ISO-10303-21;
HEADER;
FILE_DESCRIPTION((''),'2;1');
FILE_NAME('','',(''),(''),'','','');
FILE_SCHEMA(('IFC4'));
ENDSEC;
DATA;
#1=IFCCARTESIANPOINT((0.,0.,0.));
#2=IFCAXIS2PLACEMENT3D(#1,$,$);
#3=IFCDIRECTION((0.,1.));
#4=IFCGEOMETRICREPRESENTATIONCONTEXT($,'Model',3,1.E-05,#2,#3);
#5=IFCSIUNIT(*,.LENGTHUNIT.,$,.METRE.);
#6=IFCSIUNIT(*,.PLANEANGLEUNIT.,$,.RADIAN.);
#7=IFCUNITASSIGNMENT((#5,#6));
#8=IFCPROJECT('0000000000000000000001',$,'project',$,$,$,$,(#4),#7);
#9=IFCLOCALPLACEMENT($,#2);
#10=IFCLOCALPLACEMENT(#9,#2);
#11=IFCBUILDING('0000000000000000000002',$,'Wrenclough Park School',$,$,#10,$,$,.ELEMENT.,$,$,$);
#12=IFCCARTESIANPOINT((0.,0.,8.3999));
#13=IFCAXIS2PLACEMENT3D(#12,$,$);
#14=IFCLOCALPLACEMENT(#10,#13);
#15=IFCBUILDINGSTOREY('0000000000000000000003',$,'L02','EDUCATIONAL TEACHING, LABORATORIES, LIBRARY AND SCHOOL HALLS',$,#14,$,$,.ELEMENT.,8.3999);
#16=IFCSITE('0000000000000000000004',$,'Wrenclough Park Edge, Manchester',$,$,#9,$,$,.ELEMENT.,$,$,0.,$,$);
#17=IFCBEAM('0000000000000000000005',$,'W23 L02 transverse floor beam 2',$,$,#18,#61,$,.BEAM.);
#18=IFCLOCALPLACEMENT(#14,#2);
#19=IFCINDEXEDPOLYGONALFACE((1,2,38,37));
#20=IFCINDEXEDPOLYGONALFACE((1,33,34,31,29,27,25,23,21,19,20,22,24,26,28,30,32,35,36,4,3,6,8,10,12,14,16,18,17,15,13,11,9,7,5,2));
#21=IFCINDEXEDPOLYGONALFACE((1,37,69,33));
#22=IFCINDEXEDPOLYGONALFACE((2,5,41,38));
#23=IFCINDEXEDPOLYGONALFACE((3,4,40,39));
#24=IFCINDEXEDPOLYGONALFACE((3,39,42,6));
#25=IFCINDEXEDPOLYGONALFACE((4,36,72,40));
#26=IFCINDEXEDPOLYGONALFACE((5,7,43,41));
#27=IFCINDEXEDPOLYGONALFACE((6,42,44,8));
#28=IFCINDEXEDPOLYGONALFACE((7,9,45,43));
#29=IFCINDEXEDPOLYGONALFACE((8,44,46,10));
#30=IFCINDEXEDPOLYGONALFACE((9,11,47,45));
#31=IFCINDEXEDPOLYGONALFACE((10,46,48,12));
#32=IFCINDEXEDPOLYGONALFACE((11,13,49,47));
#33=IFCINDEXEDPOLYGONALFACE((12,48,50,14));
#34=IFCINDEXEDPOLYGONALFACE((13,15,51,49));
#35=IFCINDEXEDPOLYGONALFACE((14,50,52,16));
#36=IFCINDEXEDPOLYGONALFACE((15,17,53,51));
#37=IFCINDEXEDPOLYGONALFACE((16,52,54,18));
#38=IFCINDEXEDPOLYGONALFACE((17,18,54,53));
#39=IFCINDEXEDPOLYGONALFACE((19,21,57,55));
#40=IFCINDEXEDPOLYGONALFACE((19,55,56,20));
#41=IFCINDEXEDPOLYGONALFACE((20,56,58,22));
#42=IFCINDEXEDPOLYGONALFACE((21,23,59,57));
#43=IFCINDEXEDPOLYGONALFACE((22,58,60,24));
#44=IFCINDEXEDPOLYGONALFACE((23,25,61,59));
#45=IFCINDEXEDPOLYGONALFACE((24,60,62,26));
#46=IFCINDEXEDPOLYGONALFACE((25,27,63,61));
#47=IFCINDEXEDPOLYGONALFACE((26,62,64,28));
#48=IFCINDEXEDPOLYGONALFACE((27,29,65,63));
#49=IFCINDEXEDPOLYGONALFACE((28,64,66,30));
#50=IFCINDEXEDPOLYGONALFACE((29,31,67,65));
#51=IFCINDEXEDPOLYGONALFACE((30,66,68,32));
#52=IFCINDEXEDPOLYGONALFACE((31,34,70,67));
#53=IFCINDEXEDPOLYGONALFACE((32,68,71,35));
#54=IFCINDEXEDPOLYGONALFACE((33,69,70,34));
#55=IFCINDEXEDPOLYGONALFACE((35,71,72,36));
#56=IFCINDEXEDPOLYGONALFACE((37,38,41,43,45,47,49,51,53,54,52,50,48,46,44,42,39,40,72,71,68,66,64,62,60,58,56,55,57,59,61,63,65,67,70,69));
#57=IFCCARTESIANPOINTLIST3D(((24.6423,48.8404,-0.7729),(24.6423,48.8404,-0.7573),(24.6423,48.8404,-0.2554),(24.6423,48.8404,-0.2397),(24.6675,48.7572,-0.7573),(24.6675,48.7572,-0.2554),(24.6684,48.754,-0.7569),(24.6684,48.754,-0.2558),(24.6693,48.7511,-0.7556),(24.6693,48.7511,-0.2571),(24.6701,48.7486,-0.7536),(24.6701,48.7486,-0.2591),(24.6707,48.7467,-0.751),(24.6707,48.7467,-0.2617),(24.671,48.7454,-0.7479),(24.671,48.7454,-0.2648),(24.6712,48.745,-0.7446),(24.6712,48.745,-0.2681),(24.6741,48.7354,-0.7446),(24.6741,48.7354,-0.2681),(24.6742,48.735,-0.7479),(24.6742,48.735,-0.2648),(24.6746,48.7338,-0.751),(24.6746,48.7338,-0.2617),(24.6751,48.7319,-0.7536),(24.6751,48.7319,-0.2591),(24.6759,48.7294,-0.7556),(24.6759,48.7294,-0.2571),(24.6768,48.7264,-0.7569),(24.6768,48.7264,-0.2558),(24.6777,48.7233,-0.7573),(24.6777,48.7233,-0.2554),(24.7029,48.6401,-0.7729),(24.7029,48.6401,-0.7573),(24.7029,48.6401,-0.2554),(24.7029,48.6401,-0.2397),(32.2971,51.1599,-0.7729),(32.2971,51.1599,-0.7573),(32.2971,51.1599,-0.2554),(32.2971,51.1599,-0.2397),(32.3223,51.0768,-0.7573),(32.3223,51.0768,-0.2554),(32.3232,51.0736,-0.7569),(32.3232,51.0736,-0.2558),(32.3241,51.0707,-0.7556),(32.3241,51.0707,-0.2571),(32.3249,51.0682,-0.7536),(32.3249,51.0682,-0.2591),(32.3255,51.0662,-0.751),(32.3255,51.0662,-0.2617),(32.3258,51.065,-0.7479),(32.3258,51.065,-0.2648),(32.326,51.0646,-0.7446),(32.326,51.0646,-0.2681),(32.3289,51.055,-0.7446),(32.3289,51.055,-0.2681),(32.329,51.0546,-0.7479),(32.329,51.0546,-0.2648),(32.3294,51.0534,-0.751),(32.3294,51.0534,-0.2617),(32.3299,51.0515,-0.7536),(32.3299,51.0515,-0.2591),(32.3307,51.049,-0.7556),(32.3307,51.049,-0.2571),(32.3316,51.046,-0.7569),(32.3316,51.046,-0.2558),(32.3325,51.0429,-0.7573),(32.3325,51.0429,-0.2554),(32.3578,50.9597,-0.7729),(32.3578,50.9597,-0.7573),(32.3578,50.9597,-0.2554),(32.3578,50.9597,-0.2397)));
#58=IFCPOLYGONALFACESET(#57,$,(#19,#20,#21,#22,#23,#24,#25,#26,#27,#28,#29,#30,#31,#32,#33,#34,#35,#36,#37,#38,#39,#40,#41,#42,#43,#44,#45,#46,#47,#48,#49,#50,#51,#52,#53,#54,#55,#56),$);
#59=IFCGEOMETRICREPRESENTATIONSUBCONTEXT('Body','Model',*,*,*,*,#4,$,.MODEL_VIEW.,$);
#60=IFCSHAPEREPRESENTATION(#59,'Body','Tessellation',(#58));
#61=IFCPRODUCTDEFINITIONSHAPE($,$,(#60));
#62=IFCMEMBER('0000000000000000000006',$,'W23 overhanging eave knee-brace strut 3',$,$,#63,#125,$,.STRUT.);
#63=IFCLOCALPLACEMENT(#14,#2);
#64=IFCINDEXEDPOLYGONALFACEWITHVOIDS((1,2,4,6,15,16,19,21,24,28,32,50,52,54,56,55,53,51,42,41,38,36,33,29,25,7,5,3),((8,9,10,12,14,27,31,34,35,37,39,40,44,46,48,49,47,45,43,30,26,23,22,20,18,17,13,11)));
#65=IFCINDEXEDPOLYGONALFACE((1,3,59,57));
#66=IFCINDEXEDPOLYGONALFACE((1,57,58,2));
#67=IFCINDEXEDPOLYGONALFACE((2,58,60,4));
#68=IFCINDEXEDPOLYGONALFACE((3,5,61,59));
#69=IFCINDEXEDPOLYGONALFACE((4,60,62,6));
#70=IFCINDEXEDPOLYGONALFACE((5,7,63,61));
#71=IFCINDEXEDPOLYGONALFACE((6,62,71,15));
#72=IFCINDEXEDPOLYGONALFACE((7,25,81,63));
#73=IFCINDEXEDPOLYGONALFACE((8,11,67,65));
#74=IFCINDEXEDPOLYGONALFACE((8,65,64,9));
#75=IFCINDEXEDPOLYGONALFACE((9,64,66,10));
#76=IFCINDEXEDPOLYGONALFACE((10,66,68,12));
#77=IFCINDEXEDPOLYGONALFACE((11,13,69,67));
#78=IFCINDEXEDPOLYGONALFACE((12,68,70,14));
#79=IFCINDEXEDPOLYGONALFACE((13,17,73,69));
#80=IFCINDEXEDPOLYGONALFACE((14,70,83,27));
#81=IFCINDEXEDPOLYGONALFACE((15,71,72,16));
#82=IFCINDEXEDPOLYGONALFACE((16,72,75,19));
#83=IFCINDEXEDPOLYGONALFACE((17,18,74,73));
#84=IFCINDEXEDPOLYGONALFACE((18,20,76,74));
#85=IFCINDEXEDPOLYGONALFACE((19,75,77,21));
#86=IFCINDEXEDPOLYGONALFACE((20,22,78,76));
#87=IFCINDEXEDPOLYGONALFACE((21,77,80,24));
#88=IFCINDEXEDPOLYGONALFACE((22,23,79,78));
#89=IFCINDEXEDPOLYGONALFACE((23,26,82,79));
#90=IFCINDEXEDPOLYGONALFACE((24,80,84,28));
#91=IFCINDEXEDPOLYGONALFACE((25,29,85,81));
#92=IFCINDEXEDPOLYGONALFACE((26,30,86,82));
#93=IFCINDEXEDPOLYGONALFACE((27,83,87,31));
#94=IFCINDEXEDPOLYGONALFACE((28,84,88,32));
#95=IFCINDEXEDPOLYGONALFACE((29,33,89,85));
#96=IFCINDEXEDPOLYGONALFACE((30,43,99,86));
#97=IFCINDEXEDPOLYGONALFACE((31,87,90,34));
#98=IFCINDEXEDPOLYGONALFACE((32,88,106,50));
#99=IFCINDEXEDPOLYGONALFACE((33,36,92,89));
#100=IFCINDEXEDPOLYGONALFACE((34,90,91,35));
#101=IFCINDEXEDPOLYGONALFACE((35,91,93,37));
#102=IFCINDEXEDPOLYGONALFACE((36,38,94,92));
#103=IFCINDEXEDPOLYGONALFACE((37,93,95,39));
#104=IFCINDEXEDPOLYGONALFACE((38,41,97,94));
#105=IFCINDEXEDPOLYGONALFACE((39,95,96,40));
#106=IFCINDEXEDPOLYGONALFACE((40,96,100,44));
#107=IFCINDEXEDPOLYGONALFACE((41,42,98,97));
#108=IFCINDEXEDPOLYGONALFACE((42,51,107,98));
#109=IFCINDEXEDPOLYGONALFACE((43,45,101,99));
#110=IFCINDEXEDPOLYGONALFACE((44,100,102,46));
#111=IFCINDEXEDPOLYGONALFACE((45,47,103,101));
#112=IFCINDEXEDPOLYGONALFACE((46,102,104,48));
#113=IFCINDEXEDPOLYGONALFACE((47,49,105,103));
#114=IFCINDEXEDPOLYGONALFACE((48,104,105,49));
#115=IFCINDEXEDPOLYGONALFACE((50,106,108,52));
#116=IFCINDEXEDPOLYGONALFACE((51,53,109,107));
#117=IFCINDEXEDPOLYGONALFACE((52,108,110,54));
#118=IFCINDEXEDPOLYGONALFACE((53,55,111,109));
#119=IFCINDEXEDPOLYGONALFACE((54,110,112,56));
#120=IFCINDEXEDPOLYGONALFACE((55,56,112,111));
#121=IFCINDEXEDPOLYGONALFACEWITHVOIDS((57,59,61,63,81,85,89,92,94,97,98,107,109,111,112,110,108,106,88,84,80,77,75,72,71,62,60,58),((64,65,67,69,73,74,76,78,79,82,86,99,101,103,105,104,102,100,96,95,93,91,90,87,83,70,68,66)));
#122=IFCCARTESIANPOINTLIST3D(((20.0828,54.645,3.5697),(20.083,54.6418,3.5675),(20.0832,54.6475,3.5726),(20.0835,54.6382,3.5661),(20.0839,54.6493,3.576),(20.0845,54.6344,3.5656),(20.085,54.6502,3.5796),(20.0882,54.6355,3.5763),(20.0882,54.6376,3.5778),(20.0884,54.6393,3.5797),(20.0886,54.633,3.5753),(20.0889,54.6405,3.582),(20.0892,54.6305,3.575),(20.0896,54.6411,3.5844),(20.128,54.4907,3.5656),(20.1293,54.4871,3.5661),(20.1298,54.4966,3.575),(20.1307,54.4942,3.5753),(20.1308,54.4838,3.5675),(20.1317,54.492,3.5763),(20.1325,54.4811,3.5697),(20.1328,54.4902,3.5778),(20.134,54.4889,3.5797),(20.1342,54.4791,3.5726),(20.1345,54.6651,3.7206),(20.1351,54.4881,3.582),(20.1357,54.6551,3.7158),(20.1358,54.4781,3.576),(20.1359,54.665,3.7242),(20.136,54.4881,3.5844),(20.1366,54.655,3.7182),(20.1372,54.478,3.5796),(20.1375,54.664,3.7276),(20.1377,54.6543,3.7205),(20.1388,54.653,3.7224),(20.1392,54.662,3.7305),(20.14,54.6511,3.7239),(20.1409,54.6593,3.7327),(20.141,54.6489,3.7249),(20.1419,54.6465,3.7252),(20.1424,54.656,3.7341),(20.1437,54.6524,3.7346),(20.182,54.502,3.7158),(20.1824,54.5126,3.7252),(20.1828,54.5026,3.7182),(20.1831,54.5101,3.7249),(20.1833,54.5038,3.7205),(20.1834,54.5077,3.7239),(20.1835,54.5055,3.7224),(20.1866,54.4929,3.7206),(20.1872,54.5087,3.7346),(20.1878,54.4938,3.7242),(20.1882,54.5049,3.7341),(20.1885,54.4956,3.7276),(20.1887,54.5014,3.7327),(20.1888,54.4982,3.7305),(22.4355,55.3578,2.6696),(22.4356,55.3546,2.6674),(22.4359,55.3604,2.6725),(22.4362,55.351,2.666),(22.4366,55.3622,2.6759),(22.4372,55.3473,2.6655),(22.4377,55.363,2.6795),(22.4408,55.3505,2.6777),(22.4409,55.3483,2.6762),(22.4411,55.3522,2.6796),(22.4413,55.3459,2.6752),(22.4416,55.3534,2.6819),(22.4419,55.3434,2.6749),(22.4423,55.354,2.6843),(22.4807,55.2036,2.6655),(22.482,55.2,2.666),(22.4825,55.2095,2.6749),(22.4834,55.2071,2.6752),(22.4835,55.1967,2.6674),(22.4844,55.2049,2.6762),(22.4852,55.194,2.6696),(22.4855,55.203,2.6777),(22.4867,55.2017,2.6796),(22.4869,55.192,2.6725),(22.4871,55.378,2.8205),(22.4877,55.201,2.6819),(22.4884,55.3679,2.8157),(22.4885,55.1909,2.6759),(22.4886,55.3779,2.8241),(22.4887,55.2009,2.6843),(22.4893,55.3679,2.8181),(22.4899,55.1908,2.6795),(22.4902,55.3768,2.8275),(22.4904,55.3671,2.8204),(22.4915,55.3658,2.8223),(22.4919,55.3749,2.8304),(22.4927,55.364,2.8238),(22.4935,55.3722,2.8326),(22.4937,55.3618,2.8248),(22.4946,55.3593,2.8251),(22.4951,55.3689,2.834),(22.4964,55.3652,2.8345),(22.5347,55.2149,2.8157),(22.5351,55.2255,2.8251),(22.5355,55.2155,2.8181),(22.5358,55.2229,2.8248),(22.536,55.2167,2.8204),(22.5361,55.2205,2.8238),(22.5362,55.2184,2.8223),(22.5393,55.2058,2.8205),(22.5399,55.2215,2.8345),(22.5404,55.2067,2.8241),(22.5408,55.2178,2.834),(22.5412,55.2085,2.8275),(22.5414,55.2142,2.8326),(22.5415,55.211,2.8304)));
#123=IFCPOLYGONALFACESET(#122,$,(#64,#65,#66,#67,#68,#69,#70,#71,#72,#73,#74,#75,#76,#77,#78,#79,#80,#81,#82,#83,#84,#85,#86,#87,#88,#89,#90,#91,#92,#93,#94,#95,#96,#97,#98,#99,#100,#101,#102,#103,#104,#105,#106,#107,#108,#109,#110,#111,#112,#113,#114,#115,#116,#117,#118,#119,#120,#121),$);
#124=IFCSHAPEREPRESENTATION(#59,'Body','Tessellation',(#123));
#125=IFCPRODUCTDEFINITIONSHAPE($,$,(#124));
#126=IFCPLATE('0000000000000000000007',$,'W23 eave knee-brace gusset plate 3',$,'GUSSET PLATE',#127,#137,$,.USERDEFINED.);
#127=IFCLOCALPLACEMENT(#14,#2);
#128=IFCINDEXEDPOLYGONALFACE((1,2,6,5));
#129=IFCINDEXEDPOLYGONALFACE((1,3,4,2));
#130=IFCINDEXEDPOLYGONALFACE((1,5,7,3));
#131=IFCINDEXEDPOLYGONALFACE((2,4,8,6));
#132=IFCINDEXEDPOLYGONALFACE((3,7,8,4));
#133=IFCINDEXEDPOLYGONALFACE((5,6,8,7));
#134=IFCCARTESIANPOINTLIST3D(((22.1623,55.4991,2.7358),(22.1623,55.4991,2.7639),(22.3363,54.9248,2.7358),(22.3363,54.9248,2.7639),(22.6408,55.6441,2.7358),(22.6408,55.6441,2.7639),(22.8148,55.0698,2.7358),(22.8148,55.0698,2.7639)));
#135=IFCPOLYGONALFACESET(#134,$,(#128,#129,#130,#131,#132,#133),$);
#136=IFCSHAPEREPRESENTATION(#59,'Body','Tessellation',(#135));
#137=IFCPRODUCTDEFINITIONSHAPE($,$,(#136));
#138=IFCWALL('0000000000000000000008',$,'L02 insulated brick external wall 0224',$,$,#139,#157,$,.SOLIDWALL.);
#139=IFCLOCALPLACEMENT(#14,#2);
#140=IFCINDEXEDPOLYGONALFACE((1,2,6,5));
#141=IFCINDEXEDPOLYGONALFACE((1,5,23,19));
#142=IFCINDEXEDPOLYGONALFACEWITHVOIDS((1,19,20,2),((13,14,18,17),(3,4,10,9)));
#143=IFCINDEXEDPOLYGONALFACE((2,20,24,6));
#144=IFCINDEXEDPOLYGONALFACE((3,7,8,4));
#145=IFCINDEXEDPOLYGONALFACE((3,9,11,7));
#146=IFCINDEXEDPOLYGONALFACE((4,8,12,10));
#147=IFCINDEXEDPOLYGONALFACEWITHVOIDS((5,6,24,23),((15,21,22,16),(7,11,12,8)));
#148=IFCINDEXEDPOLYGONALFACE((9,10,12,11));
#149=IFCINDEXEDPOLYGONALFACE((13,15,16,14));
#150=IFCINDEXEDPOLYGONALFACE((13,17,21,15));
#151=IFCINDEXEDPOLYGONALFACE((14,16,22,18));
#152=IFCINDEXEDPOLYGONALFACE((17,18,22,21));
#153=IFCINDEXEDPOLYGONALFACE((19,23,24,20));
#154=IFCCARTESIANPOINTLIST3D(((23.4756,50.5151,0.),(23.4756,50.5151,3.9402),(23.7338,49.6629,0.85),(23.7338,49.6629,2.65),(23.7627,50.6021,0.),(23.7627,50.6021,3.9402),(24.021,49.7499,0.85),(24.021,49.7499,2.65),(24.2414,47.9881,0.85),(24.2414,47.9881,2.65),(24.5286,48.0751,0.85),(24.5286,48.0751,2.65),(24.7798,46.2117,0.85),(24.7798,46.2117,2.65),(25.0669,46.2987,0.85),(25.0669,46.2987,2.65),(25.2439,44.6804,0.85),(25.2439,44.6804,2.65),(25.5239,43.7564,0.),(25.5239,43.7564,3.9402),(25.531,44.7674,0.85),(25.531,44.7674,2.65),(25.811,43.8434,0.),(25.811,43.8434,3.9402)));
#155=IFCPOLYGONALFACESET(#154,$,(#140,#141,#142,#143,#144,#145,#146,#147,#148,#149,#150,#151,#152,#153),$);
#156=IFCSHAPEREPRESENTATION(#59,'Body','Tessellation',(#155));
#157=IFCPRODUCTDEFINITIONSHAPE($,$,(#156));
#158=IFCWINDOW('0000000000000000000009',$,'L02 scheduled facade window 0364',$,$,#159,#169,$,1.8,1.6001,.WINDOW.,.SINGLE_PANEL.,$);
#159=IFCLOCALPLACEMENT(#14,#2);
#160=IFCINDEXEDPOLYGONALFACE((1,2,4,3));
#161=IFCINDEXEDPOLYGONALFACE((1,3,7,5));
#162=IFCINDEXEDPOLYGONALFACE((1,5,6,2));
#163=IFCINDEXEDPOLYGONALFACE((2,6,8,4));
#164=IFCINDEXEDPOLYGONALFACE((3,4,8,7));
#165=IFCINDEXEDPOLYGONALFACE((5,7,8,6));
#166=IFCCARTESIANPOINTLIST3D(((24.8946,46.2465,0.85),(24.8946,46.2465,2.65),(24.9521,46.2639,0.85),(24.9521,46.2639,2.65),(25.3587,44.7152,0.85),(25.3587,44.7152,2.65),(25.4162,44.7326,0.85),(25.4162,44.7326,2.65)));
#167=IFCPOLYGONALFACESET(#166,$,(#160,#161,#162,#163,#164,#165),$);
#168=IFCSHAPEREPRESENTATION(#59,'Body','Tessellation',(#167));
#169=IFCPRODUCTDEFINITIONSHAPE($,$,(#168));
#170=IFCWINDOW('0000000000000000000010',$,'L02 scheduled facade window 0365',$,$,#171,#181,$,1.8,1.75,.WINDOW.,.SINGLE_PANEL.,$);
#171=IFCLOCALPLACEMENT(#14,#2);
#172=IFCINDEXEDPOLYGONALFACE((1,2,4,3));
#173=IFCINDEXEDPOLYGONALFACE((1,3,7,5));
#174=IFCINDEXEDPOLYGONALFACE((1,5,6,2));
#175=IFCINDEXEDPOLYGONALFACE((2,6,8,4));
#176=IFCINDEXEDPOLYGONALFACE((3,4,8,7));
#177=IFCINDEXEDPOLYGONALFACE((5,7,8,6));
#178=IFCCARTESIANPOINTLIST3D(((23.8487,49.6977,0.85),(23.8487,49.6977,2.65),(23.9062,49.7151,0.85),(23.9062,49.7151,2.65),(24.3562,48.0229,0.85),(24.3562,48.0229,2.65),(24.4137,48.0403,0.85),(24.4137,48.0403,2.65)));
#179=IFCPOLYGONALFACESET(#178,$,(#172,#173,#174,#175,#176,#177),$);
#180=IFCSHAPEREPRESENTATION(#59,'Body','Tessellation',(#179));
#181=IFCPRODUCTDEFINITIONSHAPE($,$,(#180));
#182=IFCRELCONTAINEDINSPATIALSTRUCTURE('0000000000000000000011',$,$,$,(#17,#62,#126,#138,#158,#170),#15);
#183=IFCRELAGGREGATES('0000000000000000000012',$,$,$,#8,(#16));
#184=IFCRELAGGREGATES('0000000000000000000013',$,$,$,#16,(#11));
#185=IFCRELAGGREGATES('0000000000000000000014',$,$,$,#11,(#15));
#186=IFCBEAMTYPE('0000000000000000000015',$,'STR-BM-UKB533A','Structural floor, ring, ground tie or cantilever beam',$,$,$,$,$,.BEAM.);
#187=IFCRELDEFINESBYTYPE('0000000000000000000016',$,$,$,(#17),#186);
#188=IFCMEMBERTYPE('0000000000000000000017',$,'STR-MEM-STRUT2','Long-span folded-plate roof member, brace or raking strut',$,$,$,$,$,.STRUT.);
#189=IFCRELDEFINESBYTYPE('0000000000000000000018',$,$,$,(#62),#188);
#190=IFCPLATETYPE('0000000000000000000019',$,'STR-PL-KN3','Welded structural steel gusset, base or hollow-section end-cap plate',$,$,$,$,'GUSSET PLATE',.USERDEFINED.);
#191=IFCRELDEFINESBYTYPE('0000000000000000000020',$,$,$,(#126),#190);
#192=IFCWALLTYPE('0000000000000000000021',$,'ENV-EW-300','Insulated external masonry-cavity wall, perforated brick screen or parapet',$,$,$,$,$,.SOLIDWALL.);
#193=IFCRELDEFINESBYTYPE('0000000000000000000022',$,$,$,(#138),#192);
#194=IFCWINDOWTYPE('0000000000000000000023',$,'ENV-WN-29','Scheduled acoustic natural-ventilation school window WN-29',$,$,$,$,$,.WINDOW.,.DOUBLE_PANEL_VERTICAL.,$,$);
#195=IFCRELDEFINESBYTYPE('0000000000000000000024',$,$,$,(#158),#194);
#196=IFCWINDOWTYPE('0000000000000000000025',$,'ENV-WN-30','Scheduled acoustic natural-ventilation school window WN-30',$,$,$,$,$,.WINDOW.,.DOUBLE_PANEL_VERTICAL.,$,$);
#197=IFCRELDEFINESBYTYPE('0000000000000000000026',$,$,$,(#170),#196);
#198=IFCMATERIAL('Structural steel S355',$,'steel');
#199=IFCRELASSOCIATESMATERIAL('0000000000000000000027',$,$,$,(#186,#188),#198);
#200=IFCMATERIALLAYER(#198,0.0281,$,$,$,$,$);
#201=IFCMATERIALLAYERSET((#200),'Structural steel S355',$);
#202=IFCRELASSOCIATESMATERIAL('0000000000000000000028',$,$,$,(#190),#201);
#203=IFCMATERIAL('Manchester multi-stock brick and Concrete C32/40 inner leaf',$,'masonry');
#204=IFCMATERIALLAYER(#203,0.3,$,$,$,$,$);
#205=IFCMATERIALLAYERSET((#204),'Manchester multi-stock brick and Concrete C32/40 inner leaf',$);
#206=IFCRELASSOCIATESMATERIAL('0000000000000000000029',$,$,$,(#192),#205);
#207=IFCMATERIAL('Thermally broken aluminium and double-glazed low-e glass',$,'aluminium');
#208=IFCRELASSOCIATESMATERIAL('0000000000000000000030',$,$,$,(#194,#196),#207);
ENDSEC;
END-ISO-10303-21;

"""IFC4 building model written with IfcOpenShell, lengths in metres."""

from ifc_helpers import new_model, si_unit, direction, frame, frame_2d, origin, origin_2d, place, context, subcontext, project, spatial, rectangle, hollow_rectangle, i_section, extrude, material, layer, layer_set, material_profile, profile_set, type_object, element, fill, save


model = new_model("IFC4")

# Units and contexts
model_context = context("Model", 3, precision=1e-05, world=origin(), true_north=direction((0.0, 1.0)))
body_context = subcontext(model_context, "Body", "Model", "MODEL_VIEW")
ifc_project = project(units=[si_unit("LENGTHUNIT", "METRE"), si_unit("PLANEANGLEUNIT", "RADIAN")], contexts=[model_context])

# Site, building, storey
site_placement = place(None, origin())
site = spatial("IfcSite", under=ifc_project, at=site_placement, Name="Wrenclough Park Edge, Manchester", CompositionType="ELEMENT", RefElevation=0.0)
building_placement = place(site_placement, origin())
building = spatial("IfcBuilding", under=site, at=building_placement, Name="Wrenclough Park School", CompositionType="ELEMENT")
storey_placement = place(building_placement, frame((0.0, 0.0, 8.3999)))
storey = spatial("IfcBuildingStorey", under=building, at=storey_placement, Name="L02", Description="EDUCATIONAL TEACHING, LABORATORIES, LIBRARY AND SCHOOL HALLS", CompositionType="ELEMENT", Elevation=8.3999)

# Shared definitions
ifc_material_1 = material(Name="Structural steel S355", Category="steel")

# Beam
ifc_material_profile_1 = material_profile(ifc_material_1, i_section(OverallWidth=0.2092, OverallDepth=0.5332, WebThickness=0.01, FlangeThickness=0.0156, FilletRadius=0.0127, at=origin_2d()), Name="UKB 533x210x92")
ifc_profile_set_1 = profile_set([ifc_material_profile_1], Name="Structural steel S355")
beam_type_1 = type_object("IfcBeamType", Name="STR-BM-UKB533A", Description="Structural floor, ring, ground tie or cantilever beam", PredefinedType="BEAM", material=ifc_profile_set_1)
beam_1_placement = place(storey_placement, frame((24.6726, 48.7402, -0.5063), z_axis=(0.957026, 0.290001, 0.0), x_axis=(-0.290001, 0.957026, 0.0)))
element("IfcBeam", 1, at=beam_1_placement, inside=storey, type_object=beam_type_1, Name="W23 L02 transverse floor beam 2", PredefinedType="BEAM", context=body_context, shape_type="SweptSolid", body=[
    extrude(i_section(OverallWidth=0.2092, OverallDepth=0.5332, WebThickness=0.01, FlangeThickness=0.0156, FilletRadius=0.0127, at=origin_2d()), origin(), (0.0, 0.0, 1.0), 7.9985),
])

# Member
ifc_material_profile_2 = material_profile(ifc_material_1, hollow_rectangle(XDim=0.1799, YDim=0.1799, WallThickness=0.01, InnerFilletRadius=0.01, OuterFilletRadius=0.0149, at=origin_2d()), Name="SHS 180x180x10.0")
ifc_profile_set_2 = profile_set([ifc_material_profile_2], Name="Structural steel S355")
member_type = type_object("IfcMemberType", Name="STR-MEM-STRUT2", Description="Long-span folded-plate roof member, brace or raking strut", PredefinedType="STRUT", material=ifc_profile_set_2)
member_placement = place(storey_placement, frame((22.4885, 55.2844, 2.75), z_axis=(-0.898686, -0.272301, 0.343826), x_axis=(0.28998, -0.957033, 0.0)))
element("IfcMember", 2, at=member_placement, inside=storey, type_object=member_type, Name="W23 overhanging eave knee-brace strut 3", PredefinedType="STRUT", context=body_context, shape_type="SweptSolid", body=[
    extrude(hollow_rectangle(XDim=0.1799, YDim=0.1799, WallThickness=0.01, InnerFilletRadius=0.01, OuterFilletRadius=0.0149, at=origin_2d()), origin(), (0.0, 0.0, 1.0), 2.6179),
])

# Plate
ifc_layer_1 = layer(ifc_material_1, 0.0281)
ifc_layer_set_1 = layer_set([ifc_layer_1], Name="Structural steel S355")
plate_type = type_object("IfcPlateType", Name="STR-PL-KN3", Description="Welded structural steel gusset, base or hollow-section end-cap plate", ElementType="GUSSET PLATE", PredefinedType="USERDEFINED", material=ifc_layer_set_1)
plate_placement = place(storey_placement, frame((22.4885, 55.2844, 2.7358), z_axis=(0.0, 0.0, 1.0), x_axis=(-0.290007, 0.957024, 0.0)))
element("IfcPlate", 3, at=plate_placement, inside=storey, type_object=plate_type, Name="W23 eave knee-brace gusset plate 3", ObjectType="GUSSET PLATE", PredefinedType="USERDEFINED", context=body_context, shape_type="SweptSolid", body=[
    extrude(rectangle(XDim=0.6001, YDim=0.5, at=origin_2d()), origin(), (0.0, 0.0, 1.0), 0.0281),
])

# Wall, openings, windows
ifc_material_2 = material(Name="Manchester multi-stock brick and Concrete C32/40 inner leaf", Category="masonry")
ifc_layer_2 = layer(ifc_material_2, 0.3)
ifc_layer_set_2 = layer_set([ifc_layer_2], Name="Manchester multi-stock brick and Concrete C32/40 inner leaf")
wall_type_1 = type_object("IfcWallType", Name="ENV-EW-300", Description="Insulated external masonry-cavity wall, perforated brick screen or parapet", PredefinedType="SOLIDWALL", material=ifc_layer_set_2)
wall_1_placement = place(storey_placement, frame((25.6675, 43.7998, 0.0), z_axis=(0.0, 0.0, 1.0), x_axis=(-0.290036, 0.957016, 0.0)))
wall_1 = element("IfcWall", 4, at=wall_1_placement, inside=storey, type_object=wall_type_1, Name="L02 insulated brick external wall 0224", PredefinedType="SOLIDWALL", context=body_context, shape_type="SweptSolid", body=[
    extrude(rectangle(XDim=7.0623, YDim=0.3, at=frame_2d((3.5312, 0.0))), origin(), (0.0, 0.0, 1.0), 3.9402),
])
opening_1_placement = place(wall_1_placement, frame((0.9656, 0.0, 0.8501)))
opening_1 = element("IfcOpeningElement", 5, at=opening_1_placement, cuts=wall_1, PredefinedType="OPENING", context=body_context, shape_type="SweptSolid", body=[
    extrude(rectangle(XDim=1.6001, YDim=1.8, at=frame_2d((0.8, 0.8999))), frame((0.0, 0.1599, 0.0), z_axis=(0.0, -1.0, 0.0), x_axis=(1.0, 0.0, 0.0)), (0.0, 0.0, 1.0), 0.3201),
])
opening_2_placement = place(wall_1_placement, frame((4.4219, 0.0, 0.8501)))
opening_2 = element("IfcOpeningElement", 6, at=opening_2_placement, cuts=wall_1, PredefinedType="OPENING", context=body_context, shape_type="SweptSolid", body=[
    extrude(rectangle(XDim=1.75, YDim=1.8, at=frame_2d((0.875, 0.8999))), frame((0.0, 0.1599, 0.0), z_axis=(0.0, -1.0, 0.0), x_axis=(1.0, 0.0, 0.0)), (0.0, 0.0, 1.0), 0.3201),
])
ifc_material_3 = material(Name="Thermally broken aluminium and double-glazed low-e glass", Category="aluminium")
window_type_1 = type_object("IfcWindowType", Name="ENV-WN-29", Description="Scheduled acoustic natural-ventilation school window WN-29", PartitioningType="DOUBLE_PANEL_VERTICAL", PredefinedType="WINDOW", material=ifc_material_3)
window_1_placement = place(opening_1_placement, origin())
window_1 = element("IfcWindow", 7, at=window_1_placement, inside=storey, type_object=window_type_1, Name="L02 scheduled facade window 0364", OverallHeight=1.8, OverallWidth=1.6001, PartitioningType="SINGLE_PANEL", PredefinedType="WINDOW", context=body_context, shape_type="SweptSolid", body=[
    extrude(rectangle(XDim=1.6001, YDim=1.8, at=frame_2d((0.8, 0.8999))), frame((0.0, 0.03, 0.0), z_axis=(0.0, -1.0, 0.0), x_axis=(1.0, 0.0, 0.0)), (0.0, 0.0, 1.0), 0.0601),
])
fill(opening_1, window_1)
window_type_2 = type_object("IfcWindowType", Name="ENV-WN-30", Description="Scheduled acoustic natural-ventilation school window WN-30", PartitioningType="DOUBLE_PANEL_VERTICAL", PredefinedType="WINDOW", material=ifc_material_3)
window_2_placement = place(opening_2_placement, origin())
window_2 = element("IfcWindow", 8, at=window_2_placement, inside=storey, type_object=window_type_2, Name="L02 scheduled facade window 0365", OverallHeight=1.8, OverallWidth=1.75, PartitioningType="SINGLE_PANEL", PredefinedType="WINDOW", context=body_context, shape_type="SweptSolid", body=[
    extrude(rectangle(XDim=1.75, YDim=1.8, at=frame_2d((0.875, 0.8999))), frame((0.0, 0.03, 0.0), z_axis=(0.0, -1.0, 0.0), x_axis=(1.0, 0.0, 0.0)), (0.0, 0.0, 1.0), 0.0601),
])
fill(opening_2, window_2)

save(model, "model.ifc")
